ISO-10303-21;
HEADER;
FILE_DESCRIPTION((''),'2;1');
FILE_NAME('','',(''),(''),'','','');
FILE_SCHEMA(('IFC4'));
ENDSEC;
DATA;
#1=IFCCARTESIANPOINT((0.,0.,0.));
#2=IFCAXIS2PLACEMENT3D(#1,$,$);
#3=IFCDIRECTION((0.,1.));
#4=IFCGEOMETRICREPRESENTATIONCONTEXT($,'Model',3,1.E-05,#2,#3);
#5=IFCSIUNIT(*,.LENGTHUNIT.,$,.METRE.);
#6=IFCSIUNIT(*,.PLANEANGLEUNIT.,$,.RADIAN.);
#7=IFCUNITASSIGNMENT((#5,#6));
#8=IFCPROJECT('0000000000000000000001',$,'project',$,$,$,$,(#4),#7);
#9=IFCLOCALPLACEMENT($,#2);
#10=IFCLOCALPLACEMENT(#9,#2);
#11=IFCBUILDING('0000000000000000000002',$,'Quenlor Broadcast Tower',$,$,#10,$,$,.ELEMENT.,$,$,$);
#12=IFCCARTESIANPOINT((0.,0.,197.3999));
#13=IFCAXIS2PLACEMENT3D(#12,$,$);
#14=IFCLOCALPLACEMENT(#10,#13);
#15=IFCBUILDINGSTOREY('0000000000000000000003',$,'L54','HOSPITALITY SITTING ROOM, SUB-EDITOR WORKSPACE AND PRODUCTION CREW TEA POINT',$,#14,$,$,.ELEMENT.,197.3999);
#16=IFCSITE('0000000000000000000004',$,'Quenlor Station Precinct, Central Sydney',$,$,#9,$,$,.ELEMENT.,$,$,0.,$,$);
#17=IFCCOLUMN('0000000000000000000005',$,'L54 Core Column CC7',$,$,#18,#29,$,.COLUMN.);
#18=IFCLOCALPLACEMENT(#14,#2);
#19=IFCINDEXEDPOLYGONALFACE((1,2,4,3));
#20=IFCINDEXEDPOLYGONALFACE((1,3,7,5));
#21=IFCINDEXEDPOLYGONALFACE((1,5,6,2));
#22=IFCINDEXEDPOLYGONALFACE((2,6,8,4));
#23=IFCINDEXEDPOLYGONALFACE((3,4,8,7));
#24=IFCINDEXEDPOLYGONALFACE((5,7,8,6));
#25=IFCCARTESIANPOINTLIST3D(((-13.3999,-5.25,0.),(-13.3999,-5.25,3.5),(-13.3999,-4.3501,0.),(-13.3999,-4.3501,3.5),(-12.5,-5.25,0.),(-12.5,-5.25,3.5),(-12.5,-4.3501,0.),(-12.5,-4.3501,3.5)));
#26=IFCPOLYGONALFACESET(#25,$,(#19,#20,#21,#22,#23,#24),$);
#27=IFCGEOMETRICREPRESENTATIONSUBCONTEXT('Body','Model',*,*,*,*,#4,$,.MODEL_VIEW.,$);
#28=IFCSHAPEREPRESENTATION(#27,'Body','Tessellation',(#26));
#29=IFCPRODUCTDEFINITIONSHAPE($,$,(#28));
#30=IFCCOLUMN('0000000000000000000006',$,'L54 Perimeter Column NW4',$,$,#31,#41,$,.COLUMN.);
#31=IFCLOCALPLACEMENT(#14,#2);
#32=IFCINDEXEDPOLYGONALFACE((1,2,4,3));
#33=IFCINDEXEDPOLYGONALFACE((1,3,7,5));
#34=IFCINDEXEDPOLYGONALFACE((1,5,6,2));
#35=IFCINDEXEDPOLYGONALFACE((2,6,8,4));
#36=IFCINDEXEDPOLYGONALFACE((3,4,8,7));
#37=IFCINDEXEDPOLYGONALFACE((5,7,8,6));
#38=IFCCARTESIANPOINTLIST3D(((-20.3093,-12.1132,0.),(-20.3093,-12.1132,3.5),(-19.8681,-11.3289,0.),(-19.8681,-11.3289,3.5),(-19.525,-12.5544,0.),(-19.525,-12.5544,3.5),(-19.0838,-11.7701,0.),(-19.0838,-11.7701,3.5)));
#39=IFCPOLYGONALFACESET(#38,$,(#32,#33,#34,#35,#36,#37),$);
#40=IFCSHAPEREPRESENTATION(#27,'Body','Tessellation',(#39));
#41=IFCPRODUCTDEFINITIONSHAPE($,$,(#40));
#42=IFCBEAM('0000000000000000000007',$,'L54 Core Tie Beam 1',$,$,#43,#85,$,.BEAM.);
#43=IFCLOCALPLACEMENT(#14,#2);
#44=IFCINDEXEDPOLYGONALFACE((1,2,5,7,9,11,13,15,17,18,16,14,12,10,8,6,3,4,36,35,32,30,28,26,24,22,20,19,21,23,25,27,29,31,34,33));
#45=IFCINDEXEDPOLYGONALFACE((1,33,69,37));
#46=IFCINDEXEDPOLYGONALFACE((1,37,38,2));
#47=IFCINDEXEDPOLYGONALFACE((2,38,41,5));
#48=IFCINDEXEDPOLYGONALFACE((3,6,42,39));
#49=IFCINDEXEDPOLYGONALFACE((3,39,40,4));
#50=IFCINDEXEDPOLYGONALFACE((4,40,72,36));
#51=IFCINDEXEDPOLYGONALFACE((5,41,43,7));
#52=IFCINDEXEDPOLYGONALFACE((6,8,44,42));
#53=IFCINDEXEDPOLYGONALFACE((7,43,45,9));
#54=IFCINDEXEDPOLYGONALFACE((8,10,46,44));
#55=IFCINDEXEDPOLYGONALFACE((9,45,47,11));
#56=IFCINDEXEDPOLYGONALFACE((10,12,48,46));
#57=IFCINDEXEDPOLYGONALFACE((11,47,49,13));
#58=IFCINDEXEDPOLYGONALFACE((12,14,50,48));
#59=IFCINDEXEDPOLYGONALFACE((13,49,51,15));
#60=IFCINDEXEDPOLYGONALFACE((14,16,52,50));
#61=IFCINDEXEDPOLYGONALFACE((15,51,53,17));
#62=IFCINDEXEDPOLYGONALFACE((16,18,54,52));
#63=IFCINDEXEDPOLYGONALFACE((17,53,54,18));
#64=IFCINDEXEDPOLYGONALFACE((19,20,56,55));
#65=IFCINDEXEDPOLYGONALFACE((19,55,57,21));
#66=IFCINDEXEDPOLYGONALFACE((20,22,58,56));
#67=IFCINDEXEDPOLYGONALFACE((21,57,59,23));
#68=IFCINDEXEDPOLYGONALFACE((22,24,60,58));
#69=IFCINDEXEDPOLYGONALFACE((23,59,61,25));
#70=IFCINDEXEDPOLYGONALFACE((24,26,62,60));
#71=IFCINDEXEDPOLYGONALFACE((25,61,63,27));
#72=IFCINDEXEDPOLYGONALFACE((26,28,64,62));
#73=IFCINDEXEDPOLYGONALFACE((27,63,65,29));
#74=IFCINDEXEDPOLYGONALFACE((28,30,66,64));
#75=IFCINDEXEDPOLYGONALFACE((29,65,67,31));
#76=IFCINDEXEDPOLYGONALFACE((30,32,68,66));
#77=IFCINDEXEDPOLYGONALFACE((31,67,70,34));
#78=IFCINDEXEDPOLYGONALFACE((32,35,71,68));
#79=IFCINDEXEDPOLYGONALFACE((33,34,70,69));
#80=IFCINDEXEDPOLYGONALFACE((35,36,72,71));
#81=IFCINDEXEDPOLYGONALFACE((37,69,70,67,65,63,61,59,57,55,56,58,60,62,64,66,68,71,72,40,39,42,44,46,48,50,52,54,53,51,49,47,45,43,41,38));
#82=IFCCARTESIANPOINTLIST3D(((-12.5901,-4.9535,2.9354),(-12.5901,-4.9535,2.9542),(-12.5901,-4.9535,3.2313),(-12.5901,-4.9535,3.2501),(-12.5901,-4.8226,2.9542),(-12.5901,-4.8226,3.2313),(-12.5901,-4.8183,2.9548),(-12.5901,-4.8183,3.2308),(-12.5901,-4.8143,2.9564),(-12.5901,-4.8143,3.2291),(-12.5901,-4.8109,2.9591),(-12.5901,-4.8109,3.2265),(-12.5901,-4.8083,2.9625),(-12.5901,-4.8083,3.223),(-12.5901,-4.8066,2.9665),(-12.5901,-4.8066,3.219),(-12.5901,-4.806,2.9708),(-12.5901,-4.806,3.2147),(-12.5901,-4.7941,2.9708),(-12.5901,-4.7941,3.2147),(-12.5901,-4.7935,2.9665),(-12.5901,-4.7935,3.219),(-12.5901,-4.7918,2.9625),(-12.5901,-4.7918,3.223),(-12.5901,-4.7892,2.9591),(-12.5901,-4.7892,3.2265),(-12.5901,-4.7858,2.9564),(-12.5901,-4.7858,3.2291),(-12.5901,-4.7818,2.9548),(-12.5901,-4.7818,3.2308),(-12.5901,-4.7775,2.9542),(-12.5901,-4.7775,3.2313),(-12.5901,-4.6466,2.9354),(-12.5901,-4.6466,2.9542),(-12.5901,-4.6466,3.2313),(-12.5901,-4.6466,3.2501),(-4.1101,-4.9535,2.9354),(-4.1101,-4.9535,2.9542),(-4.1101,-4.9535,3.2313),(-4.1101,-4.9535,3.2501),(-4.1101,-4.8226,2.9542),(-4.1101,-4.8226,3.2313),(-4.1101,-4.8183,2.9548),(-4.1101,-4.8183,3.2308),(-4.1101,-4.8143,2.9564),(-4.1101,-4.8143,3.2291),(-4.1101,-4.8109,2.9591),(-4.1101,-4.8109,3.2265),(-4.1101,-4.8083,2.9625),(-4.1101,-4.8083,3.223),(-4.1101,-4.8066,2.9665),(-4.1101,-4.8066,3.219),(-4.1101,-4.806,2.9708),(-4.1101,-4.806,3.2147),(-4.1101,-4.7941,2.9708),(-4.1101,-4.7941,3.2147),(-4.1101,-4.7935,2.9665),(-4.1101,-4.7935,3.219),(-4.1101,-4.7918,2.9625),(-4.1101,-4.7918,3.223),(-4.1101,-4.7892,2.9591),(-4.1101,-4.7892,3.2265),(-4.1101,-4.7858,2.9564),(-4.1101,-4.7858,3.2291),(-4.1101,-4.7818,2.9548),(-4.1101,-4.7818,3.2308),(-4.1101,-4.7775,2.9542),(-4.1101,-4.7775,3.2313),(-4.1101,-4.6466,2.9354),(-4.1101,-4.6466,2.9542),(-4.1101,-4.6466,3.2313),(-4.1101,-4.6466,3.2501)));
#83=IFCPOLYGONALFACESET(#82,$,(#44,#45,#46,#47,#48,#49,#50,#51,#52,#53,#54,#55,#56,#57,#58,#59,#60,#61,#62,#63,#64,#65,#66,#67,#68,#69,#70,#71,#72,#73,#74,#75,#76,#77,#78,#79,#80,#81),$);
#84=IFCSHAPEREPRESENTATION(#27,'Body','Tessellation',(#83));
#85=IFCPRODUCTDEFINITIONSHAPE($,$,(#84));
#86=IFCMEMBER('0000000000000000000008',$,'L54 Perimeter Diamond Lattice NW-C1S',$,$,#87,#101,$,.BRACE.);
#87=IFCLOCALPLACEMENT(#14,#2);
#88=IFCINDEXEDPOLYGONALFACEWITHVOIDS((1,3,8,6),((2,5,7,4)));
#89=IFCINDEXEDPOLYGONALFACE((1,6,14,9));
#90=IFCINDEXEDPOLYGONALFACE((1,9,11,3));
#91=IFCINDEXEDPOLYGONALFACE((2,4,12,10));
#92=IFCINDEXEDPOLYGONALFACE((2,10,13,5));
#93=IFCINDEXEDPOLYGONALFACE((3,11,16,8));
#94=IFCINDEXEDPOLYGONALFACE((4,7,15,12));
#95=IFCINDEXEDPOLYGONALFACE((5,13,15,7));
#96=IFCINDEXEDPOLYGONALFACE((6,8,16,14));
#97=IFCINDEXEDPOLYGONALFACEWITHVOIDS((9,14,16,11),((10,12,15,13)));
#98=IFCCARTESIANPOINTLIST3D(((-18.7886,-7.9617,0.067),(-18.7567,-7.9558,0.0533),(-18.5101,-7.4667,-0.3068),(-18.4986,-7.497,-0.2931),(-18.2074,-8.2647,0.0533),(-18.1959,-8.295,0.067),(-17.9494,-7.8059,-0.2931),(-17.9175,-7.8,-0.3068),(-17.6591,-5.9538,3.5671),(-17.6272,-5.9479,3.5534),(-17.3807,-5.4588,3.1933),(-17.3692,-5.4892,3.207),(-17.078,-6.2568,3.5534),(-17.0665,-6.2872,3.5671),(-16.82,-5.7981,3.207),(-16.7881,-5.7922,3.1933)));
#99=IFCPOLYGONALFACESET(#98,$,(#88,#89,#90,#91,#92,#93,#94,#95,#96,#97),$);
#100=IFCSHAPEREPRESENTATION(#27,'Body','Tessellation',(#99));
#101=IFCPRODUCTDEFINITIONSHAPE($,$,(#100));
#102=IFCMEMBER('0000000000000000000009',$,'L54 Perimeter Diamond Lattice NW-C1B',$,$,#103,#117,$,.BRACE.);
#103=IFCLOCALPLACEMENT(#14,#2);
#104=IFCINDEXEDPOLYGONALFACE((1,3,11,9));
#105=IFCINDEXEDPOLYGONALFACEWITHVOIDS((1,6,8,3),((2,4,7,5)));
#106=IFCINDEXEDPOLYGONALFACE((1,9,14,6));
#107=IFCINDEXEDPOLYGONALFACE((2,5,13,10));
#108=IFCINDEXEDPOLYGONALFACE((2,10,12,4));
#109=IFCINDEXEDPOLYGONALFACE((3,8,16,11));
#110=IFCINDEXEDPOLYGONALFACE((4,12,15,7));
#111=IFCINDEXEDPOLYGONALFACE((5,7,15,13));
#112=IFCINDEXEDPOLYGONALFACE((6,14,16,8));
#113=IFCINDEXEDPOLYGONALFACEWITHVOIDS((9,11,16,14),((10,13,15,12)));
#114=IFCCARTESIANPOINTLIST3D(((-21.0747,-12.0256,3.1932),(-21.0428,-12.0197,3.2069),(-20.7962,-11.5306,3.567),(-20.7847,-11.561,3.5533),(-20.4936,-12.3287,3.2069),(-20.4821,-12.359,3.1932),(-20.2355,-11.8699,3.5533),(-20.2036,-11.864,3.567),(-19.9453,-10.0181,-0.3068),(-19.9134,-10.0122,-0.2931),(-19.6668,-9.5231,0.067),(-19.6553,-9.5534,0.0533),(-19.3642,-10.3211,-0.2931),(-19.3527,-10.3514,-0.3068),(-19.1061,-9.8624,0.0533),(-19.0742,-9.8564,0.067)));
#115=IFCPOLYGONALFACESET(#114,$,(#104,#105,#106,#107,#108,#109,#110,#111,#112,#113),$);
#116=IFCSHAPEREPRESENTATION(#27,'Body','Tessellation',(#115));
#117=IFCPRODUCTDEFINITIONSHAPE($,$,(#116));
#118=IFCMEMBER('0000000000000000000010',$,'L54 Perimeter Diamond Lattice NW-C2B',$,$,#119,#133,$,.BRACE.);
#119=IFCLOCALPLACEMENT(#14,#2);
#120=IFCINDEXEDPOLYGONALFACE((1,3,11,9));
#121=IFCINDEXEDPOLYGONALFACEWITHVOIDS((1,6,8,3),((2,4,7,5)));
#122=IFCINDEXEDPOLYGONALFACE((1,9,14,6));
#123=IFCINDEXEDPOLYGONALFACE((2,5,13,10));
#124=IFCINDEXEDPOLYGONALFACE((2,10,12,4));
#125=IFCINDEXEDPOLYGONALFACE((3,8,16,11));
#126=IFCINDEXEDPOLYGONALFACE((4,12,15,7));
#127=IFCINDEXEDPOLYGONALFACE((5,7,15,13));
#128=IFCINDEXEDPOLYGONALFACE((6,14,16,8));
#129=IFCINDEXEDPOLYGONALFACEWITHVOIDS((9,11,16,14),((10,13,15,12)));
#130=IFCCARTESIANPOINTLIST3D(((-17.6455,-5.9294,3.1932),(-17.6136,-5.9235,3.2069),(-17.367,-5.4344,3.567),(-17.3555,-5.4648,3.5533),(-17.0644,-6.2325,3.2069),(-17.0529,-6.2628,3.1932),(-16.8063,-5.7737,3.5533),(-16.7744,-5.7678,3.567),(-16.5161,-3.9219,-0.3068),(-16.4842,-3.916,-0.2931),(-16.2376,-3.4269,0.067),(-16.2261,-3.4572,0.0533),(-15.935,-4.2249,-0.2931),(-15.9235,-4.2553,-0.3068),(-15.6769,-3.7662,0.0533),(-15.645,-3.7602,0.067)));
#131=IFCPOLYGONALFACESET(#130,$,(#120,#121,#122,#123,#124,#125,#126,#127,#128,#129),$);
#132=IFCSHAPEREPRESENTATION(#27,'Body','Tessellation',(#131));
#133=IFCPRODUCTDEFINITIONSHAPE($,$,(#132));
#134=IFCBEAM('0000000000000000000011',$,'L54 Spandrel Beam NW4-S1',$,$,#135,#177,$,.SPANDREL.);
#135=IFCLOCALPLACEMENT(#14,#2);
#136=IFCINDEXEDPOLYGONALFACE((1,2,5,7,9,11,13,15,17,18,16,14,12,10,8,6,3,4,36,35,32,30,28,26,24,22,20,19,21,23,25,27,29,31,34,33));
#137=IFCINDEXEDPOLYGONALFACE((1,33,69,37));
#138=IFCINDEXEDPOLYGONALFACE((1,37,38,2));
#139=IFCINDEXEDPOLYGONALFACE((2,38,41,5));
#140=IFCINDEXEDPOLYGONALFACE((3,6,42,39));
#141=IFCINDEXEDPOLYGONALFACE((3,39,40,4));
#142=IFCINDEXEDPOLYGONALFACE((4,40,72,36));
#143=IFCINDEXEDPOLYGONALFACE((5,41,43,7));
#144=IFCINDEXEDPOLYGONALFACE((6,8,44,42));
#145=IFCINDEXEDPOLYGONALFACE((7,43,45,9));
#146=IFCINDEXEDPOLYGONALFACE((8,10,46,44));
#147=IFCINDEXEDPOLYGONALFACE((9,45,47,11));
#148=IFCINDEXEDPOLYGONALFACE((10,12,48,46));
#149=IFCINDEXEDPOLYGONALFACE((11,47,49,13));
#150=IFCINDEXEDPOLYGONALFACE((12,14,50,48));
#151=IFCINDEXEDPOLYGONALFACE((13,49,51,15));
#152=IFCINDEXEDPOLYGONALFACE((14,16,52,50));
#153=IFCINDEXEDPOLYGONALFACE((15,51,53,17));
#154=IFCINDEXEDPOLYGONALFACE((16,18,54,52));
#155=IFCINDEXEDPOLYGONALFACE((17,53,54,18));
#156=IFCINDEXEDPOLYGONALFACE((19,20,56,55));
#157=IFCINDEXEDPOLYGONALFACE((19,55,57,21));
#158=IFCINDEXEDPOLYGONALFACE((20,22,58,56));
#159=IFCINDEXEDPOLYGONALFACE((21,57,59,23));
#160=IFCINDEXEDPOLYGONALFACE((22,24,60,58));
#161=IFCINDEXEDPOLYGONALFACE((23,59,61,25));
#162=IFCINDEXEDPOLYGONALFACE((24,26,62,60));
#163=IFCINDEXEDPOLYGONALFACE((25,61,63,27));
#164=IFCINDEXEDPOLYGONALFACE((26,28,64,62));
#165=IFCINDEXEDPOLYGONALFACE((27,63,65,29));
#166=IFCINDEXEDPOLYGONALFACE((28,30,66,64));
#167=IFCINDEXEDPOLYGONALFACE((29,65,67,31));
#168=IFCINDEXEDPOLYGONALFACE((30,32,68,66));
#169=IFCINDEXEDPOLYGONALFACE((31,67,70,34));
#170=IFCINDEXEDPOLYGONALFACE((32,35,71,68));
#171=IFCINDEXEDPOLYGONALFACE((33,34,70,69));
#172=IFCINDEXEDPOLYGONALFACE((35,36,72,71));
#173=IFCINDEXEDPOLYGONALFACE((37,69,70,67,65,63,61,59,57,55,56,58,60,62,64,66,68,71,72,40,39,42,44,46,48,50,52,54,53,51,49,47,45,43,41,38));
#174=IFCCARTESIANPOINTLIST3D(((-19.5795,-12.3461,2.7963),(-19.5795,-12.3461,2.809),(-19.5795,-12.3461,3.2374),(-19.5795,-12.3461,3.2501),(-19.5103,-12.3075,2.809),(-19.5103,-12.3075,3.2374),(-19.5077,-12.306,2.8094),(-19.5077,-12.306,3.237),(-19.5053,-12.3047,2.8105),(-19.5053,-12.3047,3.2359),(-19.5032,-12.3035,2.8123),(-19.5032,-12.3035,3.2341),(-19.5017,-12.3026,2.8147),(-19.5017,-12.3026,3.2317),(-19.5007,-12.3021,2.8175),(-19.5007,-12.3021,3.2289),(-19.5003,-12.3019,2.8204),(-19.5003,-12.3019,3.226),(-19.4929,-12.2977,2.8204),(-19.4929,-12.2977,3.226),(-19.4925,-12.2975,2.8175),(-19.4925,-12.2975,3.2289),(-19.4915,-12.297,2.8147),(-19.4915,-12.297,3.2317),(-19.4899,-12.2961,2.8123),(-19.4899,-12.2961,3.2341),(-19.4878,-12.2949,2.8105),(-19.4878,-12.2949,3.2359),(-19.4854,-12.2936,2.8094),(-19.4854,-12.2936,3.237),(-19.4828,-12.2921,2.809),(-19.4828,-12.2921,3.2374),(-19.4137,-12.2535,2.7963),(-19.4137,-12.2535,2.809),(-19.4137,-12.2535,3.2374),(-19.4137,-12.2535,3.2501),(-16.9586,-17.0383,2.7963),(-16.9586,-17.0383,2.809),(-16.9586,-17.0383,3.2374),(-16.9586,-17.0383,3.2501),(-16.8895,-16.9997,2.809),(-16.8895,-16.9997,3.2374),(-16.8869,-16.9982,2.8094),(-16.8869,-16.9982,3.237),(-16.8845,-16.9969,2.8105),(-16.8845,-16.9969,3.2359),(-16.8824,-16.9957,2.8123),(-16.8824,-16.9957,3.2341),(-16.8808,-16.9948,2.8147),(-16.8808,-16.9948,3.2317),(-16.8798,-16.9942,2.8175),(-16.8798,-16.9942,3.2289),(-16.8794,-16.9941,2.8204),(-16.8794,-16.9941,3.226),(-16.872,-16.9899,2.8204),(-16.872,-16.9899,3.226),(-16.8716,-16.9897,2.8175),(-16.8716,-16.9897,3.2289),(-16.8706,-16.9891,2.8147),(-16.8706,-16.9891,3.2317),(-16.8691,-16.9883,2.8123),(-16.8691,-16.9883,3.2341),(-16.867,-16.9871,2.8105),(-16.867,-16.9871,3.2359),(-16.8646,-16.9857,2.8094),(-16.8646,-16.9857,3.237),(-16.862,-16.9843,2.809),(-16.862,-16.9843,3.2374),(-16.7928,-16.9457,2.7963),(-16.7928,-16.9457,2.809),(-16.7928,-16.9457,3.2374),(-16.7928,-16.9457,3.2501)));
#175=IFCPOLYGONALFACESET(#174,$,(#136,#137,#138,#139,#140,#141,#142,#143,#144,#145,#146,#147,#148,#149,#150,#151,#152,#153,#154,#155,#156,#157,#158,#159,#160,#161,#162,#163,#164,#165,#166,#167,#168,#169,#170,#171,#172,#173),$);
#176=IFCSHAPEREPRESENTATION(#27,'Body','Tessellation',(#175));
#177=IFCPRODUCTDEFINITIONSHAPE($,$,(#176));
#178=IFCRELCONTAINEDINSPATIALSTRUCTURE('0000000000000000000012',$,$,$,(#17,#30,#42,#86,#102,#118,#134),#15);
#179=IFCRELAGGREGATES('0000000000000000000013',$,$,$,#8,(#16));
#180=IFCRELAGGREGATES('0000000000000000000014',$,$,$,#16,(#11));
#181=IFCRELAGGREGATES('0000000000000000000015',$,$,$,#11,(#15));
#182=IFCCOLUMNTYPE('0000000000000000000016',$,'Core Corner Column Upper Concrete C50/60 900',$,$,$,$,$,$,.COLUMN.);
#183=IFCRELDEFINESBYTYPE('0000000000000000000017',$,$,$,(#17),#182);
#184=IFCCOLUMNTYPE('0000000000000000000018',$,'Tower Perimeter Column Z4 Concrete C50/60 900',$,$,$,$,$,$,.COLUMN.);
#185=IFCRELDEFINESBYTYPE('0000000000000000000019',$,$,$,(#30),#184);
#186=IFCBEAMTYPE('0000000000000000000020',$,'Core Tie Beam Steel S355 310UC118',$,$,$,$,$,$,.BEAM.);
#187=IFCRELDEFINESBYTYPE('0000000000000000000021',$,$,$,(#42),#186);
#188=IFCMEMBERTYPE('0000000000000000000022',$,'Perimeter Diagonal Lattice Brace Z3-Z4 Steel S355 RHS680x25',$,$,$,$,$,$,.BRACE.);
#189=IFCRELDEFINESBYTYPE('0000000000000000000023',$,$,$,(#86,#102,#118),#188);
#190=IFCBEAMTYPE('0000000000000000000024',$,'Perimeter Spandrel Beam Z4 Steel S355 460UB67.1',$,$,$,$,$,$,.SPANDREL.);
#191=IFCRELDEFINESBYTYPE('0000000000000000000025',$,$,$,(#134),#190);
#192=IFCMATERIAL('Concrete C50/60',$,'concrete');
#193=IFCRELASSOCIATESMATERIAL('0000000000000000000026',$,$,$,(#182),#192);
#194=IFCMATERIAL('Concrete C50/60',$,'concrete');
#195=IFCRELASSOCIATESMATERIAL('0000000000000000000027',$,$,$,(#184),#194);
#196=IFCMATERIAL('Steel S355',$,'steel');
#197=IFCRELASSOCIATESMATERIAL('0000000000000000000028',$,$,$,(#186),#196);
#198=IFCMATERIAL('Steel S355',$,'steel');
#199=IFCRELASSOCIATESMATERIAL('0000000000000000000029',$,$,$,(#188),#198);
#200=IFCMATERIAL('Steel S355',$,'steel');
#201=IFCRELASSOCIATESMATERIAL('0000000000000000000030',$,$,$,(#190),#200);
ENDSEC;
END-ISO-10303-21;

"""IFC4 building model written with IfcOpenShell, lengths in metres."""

from ifc_helpers import new_model, si_unit, direction, frame, origin, origin_2d, place, context, subcontext, project, spatial, rectangle, hollow_rectangle, i_section, extrude, material, material_profile, profile_set, type_object, element, save


model = new_model("IFC4")

# Units and contexts
model_context = context("Model", 3, precision=1e-05, world=origin(), true_north=direction((0.0, 1.0)))
body_context = subcontext(model_context, "Body", "Model", "MODEL_VIEW")
ifc_project = project(units=[si_unit("LENGTHUNIT", "METRE"), si_unit("PLANEANGLEUNIT", "RADIAN")], contexts=[model_context])

# Site, building, storey
site_placement = place(None, origin())
site = spatial("IfcSite", under=ifc_project, at=site_placement, Name="Quenlor Station Precinct, Central Sydney", CompositionType="ELEMENT", RefElevation=0.0)
building_placement = place(site_placement, origin())
building = spatial("IfcBuilding", under=site, at=building_placement, Name="Quenlor Broadcast Tower", CompositionType="ELEMENT")
storey_placement = place(building_placement, frame((0.0, 0.0, 197.3999)))
storey = spatial("IfcBuildingStorey", under=building, at=storey_placement, Name="L54", Description="HOSPITALITY SITTING ROOM, SUB-EDITOR WORKSPACE AND PRODUCTION CREW TEA POINT", CompositionType="ELEMENT", Elevation=197.3999)

# Columns
ifc_material_1 = material(Name="Concrete C50/60", Category="concrete")
ifc_material_profile_1 = material_profile(ifc_material_1, rectangle(XDim=0.8999, YDim=0.8999, at=origin_2d()))
ifc_profile_set_1 = profile_set([ifc_material_profile_1], Name="Concrete C50/60 RC900x900")
column_type_1 = type_object("IfcColumnType", Name="Core Corner Column Upper Concrete C50/60 900", PredefinedType="COLUMN", material=ifc_profile_set_1)
column_1_placement = place(storey_placement, frame((-12.95, -4.8, 0.0), z_axis=(0.0, 0.0, 1.0), x_axis=(1.0, 0.0, 0.0)))
element("IfcColumn", 1, at=column_1_placement, inside=storey, type_object=column_type_1, Name="L54 Core Column CC7", PredefinedType="COLUMN", context=body_context, shape_type="SweptSolid", body=[
    extrude(rectangle(XDim=0.8999, YDim=0.8999, at=origin_2d()), origin(), (0.0, 0.0, 1.0), 3.5),
])
ifc_material_2 = material(Name="Concrete C50/60", Category="concrete")
ifc_material_profile_2 = material_profile(ifc_material_2, rectangle(XDim=0.8999, YDim=0.8999, at=origin_2d()))
ifc_profile_set_2 = profile_set([ifc_material_profile_2], Name="Concrete C50/60 RC900x900")
column_type_2 = type_object("IfcColumnType", Name="Tower Perimeter Column Z4 Concrete C50/60 900", PredefinedType="COLUMN", material=ifc_profile_set_2)
column_2_placement = place(storey_placement, frame((-19.6965, -11.9417, 0.0), z_axis=(0.0, 0.0, 1.0), x_axis=(-0.871575, 0.490262, 0.0)))
element("IfcColumn", 2, at=column_2_placement, inside=storey, type_object=column_type_2, Name="L54 Perimeter Column NW4", PredefinedType="COLUMN", context=body_context, shape_type="SweptSolid", body=[
    extrude(rectangle(XDim=0.8999, YDim=0.8999, at=origin_2d()), origin(), (0.0, 0.0, 1.0), 3.5),
])

# Beam
ifc_material_3 = material(Name="Steel S355", Category="steel")
ifc_material_profile_3 = material_profile(ifc_material_3, i_section(OverallWidth=0.3069, OverallDepth=0.3147, WebThickness=0.012, FlangeThickness=0.0188, FilletRadius=0.0166, at=origin_2d()))
ifc_profile_set_3 = profile_set([ifc_material_profile_3], Name="Steel S355 310UC118")
beam_type_1 = type_object("IfcBeamType", Name="Core Tie Beam Steel S355 310UC118", PredefinedType="BEAM", material=ifc_profile_set_3)
beam_1_placement = place(storey_placement, frame((-12.5901, -4.8, 3.0928), z_axis=(1.0, 0.0, 0.0), x_axis=(0.0, 1.0, 0.0)))
element("IfcBeam", 3, at=beam_1_placement, inside=storey, type_object=beam_type_1, Name="L54 Core Tie Beam 1", PredefinedType="BEAM", context=body_context, shape_type="SweptSolid", body=[
    extrude(i_section(OverallWidth=0.3069, OverallDepth=0.3147, WebThickness=0.012, FlangeThickness=0.0188, FilletRadius=0.0166, at=origin_2d()), origin(), (0.0, 0.0, 1.0), 8.48),
])

# Members
ifc_material_4 = material(Name="Steel S355", Category="steel")
ifc_material_profile_4 = material_profile(ifc_material_4, hollow_rectangle(XDim=0.6799, YDim=0.6799, WallThickness=0.0249, at=origin_2d()))
ifc_profile_set_4 = profile_set([ifc_material_profile_4], Name="Steel S355 RHS680x680x25")
member_type = type_object("IfcMemberType", Name="Perimeter Diagonal Lattice Brace Z3-Z4 Steel S355 RHS680x25", PredefinedType="BRACE", material=ifc_profile_set_4)
member_placement = place(storey_placement, frame((-18.353, -7.8809, -0.1199), z_axis=(0.26954, 0.479181, 0.835305), x_axis=(-0.871576, 0.490261, 0.0)))
element("IfcMember", 4, at=member_placement, inside=storey, type_object=member_type, Name="L54 Perimeter Diamond Lattice NW-C1S", PredefinedType="BRACE", context=body_context, shape_type="SweptSolid", body=[
    extrude(hollow_rectangle(XDim=0.6799, YDim=0.6799, WallThickness=0.0249, at=origin_2d()), origin(), (0.0, 0.0, 1.0), 4.1902),
])
for number, where, z_axis, x_axis, name in (
    (5, (-19.5098, -9.9373, -0.1199), (-0.269547, -0.479136, 0.835328), (0.87155, -0.490307, 0.0), "L54 Perimeter Diamond Lattice NW-C1B"),
    (6, (-16.0806, -3.8411, -0.1199), (-0.269547, -0.479136, 0.835328), (0.87155, -0.490307, 0.0), "L54 Perimeter Diamond Lattice NW-C2B"),
):
    element("IfcMember", number, at=place(storey_placement, frame(where, z_axis=z_axis, x_axis=x_axis)), inside=storey, type_object=member_type, Name=name, PredefinedType="BRACE", context=body_context, shape_type="SweptSolid", body=[
        extrude(hollow_rectangle(XDim=0.6799, YDim=0.6799, WallThickness=0.0249, at=origin_2d()), origin(), (0.0, 0.0, 1.0), 4.1899),
    ])

# Beam
ifc_material_5 = material(Name="Steel S355", Category="steel")
ifc_material_profile_5 = material_profile(ifc_material_5, i_section(OverallWidth=0.1899, OverallDepth=0.4539, WebThickness=0.0085, FlangeThickness=0.0127, FilletRadius=0.0115, at=origin_2d()))
ifc_profile_set_5 = profile_set([ifc_material_profile_5], Name="Steel S355 460UB67.1")
beam_type_2 = type_object("IfcBeamType", Name="Perimeter Spandrel Beam Z4 Steel S355 460UB67.1", PredefinedType="SPANDREL", material=ifc_profile_set_5)
beam_2_placement = place(storey_placement, frame((-19.4966, -12.2998, 3.0232), z_axis=(0.487647, -0.873041, 0.0), x_axis=(0.873041, 0.487647, 0.0)))
element("IfcBeam", 7, at=beam_2_placement, inside=storey, type_object=beam_type_2, Name="L54 Spandrel Beam NW4-S1", PredefinedType="SPANDREL", context=body_context, shape_type="SweptSolid", body=[
    extrude(i_section(OverallWidth=0.1899, OverallDepth=0.4539, WebThickness=0.0085, FlangeThickness=0.0127, FilletRadius=0.0115, at=origin_2d()), origin(), (0.0, 0.0, 1.0), 5.3745),
])

save(model, "model.ifc")
